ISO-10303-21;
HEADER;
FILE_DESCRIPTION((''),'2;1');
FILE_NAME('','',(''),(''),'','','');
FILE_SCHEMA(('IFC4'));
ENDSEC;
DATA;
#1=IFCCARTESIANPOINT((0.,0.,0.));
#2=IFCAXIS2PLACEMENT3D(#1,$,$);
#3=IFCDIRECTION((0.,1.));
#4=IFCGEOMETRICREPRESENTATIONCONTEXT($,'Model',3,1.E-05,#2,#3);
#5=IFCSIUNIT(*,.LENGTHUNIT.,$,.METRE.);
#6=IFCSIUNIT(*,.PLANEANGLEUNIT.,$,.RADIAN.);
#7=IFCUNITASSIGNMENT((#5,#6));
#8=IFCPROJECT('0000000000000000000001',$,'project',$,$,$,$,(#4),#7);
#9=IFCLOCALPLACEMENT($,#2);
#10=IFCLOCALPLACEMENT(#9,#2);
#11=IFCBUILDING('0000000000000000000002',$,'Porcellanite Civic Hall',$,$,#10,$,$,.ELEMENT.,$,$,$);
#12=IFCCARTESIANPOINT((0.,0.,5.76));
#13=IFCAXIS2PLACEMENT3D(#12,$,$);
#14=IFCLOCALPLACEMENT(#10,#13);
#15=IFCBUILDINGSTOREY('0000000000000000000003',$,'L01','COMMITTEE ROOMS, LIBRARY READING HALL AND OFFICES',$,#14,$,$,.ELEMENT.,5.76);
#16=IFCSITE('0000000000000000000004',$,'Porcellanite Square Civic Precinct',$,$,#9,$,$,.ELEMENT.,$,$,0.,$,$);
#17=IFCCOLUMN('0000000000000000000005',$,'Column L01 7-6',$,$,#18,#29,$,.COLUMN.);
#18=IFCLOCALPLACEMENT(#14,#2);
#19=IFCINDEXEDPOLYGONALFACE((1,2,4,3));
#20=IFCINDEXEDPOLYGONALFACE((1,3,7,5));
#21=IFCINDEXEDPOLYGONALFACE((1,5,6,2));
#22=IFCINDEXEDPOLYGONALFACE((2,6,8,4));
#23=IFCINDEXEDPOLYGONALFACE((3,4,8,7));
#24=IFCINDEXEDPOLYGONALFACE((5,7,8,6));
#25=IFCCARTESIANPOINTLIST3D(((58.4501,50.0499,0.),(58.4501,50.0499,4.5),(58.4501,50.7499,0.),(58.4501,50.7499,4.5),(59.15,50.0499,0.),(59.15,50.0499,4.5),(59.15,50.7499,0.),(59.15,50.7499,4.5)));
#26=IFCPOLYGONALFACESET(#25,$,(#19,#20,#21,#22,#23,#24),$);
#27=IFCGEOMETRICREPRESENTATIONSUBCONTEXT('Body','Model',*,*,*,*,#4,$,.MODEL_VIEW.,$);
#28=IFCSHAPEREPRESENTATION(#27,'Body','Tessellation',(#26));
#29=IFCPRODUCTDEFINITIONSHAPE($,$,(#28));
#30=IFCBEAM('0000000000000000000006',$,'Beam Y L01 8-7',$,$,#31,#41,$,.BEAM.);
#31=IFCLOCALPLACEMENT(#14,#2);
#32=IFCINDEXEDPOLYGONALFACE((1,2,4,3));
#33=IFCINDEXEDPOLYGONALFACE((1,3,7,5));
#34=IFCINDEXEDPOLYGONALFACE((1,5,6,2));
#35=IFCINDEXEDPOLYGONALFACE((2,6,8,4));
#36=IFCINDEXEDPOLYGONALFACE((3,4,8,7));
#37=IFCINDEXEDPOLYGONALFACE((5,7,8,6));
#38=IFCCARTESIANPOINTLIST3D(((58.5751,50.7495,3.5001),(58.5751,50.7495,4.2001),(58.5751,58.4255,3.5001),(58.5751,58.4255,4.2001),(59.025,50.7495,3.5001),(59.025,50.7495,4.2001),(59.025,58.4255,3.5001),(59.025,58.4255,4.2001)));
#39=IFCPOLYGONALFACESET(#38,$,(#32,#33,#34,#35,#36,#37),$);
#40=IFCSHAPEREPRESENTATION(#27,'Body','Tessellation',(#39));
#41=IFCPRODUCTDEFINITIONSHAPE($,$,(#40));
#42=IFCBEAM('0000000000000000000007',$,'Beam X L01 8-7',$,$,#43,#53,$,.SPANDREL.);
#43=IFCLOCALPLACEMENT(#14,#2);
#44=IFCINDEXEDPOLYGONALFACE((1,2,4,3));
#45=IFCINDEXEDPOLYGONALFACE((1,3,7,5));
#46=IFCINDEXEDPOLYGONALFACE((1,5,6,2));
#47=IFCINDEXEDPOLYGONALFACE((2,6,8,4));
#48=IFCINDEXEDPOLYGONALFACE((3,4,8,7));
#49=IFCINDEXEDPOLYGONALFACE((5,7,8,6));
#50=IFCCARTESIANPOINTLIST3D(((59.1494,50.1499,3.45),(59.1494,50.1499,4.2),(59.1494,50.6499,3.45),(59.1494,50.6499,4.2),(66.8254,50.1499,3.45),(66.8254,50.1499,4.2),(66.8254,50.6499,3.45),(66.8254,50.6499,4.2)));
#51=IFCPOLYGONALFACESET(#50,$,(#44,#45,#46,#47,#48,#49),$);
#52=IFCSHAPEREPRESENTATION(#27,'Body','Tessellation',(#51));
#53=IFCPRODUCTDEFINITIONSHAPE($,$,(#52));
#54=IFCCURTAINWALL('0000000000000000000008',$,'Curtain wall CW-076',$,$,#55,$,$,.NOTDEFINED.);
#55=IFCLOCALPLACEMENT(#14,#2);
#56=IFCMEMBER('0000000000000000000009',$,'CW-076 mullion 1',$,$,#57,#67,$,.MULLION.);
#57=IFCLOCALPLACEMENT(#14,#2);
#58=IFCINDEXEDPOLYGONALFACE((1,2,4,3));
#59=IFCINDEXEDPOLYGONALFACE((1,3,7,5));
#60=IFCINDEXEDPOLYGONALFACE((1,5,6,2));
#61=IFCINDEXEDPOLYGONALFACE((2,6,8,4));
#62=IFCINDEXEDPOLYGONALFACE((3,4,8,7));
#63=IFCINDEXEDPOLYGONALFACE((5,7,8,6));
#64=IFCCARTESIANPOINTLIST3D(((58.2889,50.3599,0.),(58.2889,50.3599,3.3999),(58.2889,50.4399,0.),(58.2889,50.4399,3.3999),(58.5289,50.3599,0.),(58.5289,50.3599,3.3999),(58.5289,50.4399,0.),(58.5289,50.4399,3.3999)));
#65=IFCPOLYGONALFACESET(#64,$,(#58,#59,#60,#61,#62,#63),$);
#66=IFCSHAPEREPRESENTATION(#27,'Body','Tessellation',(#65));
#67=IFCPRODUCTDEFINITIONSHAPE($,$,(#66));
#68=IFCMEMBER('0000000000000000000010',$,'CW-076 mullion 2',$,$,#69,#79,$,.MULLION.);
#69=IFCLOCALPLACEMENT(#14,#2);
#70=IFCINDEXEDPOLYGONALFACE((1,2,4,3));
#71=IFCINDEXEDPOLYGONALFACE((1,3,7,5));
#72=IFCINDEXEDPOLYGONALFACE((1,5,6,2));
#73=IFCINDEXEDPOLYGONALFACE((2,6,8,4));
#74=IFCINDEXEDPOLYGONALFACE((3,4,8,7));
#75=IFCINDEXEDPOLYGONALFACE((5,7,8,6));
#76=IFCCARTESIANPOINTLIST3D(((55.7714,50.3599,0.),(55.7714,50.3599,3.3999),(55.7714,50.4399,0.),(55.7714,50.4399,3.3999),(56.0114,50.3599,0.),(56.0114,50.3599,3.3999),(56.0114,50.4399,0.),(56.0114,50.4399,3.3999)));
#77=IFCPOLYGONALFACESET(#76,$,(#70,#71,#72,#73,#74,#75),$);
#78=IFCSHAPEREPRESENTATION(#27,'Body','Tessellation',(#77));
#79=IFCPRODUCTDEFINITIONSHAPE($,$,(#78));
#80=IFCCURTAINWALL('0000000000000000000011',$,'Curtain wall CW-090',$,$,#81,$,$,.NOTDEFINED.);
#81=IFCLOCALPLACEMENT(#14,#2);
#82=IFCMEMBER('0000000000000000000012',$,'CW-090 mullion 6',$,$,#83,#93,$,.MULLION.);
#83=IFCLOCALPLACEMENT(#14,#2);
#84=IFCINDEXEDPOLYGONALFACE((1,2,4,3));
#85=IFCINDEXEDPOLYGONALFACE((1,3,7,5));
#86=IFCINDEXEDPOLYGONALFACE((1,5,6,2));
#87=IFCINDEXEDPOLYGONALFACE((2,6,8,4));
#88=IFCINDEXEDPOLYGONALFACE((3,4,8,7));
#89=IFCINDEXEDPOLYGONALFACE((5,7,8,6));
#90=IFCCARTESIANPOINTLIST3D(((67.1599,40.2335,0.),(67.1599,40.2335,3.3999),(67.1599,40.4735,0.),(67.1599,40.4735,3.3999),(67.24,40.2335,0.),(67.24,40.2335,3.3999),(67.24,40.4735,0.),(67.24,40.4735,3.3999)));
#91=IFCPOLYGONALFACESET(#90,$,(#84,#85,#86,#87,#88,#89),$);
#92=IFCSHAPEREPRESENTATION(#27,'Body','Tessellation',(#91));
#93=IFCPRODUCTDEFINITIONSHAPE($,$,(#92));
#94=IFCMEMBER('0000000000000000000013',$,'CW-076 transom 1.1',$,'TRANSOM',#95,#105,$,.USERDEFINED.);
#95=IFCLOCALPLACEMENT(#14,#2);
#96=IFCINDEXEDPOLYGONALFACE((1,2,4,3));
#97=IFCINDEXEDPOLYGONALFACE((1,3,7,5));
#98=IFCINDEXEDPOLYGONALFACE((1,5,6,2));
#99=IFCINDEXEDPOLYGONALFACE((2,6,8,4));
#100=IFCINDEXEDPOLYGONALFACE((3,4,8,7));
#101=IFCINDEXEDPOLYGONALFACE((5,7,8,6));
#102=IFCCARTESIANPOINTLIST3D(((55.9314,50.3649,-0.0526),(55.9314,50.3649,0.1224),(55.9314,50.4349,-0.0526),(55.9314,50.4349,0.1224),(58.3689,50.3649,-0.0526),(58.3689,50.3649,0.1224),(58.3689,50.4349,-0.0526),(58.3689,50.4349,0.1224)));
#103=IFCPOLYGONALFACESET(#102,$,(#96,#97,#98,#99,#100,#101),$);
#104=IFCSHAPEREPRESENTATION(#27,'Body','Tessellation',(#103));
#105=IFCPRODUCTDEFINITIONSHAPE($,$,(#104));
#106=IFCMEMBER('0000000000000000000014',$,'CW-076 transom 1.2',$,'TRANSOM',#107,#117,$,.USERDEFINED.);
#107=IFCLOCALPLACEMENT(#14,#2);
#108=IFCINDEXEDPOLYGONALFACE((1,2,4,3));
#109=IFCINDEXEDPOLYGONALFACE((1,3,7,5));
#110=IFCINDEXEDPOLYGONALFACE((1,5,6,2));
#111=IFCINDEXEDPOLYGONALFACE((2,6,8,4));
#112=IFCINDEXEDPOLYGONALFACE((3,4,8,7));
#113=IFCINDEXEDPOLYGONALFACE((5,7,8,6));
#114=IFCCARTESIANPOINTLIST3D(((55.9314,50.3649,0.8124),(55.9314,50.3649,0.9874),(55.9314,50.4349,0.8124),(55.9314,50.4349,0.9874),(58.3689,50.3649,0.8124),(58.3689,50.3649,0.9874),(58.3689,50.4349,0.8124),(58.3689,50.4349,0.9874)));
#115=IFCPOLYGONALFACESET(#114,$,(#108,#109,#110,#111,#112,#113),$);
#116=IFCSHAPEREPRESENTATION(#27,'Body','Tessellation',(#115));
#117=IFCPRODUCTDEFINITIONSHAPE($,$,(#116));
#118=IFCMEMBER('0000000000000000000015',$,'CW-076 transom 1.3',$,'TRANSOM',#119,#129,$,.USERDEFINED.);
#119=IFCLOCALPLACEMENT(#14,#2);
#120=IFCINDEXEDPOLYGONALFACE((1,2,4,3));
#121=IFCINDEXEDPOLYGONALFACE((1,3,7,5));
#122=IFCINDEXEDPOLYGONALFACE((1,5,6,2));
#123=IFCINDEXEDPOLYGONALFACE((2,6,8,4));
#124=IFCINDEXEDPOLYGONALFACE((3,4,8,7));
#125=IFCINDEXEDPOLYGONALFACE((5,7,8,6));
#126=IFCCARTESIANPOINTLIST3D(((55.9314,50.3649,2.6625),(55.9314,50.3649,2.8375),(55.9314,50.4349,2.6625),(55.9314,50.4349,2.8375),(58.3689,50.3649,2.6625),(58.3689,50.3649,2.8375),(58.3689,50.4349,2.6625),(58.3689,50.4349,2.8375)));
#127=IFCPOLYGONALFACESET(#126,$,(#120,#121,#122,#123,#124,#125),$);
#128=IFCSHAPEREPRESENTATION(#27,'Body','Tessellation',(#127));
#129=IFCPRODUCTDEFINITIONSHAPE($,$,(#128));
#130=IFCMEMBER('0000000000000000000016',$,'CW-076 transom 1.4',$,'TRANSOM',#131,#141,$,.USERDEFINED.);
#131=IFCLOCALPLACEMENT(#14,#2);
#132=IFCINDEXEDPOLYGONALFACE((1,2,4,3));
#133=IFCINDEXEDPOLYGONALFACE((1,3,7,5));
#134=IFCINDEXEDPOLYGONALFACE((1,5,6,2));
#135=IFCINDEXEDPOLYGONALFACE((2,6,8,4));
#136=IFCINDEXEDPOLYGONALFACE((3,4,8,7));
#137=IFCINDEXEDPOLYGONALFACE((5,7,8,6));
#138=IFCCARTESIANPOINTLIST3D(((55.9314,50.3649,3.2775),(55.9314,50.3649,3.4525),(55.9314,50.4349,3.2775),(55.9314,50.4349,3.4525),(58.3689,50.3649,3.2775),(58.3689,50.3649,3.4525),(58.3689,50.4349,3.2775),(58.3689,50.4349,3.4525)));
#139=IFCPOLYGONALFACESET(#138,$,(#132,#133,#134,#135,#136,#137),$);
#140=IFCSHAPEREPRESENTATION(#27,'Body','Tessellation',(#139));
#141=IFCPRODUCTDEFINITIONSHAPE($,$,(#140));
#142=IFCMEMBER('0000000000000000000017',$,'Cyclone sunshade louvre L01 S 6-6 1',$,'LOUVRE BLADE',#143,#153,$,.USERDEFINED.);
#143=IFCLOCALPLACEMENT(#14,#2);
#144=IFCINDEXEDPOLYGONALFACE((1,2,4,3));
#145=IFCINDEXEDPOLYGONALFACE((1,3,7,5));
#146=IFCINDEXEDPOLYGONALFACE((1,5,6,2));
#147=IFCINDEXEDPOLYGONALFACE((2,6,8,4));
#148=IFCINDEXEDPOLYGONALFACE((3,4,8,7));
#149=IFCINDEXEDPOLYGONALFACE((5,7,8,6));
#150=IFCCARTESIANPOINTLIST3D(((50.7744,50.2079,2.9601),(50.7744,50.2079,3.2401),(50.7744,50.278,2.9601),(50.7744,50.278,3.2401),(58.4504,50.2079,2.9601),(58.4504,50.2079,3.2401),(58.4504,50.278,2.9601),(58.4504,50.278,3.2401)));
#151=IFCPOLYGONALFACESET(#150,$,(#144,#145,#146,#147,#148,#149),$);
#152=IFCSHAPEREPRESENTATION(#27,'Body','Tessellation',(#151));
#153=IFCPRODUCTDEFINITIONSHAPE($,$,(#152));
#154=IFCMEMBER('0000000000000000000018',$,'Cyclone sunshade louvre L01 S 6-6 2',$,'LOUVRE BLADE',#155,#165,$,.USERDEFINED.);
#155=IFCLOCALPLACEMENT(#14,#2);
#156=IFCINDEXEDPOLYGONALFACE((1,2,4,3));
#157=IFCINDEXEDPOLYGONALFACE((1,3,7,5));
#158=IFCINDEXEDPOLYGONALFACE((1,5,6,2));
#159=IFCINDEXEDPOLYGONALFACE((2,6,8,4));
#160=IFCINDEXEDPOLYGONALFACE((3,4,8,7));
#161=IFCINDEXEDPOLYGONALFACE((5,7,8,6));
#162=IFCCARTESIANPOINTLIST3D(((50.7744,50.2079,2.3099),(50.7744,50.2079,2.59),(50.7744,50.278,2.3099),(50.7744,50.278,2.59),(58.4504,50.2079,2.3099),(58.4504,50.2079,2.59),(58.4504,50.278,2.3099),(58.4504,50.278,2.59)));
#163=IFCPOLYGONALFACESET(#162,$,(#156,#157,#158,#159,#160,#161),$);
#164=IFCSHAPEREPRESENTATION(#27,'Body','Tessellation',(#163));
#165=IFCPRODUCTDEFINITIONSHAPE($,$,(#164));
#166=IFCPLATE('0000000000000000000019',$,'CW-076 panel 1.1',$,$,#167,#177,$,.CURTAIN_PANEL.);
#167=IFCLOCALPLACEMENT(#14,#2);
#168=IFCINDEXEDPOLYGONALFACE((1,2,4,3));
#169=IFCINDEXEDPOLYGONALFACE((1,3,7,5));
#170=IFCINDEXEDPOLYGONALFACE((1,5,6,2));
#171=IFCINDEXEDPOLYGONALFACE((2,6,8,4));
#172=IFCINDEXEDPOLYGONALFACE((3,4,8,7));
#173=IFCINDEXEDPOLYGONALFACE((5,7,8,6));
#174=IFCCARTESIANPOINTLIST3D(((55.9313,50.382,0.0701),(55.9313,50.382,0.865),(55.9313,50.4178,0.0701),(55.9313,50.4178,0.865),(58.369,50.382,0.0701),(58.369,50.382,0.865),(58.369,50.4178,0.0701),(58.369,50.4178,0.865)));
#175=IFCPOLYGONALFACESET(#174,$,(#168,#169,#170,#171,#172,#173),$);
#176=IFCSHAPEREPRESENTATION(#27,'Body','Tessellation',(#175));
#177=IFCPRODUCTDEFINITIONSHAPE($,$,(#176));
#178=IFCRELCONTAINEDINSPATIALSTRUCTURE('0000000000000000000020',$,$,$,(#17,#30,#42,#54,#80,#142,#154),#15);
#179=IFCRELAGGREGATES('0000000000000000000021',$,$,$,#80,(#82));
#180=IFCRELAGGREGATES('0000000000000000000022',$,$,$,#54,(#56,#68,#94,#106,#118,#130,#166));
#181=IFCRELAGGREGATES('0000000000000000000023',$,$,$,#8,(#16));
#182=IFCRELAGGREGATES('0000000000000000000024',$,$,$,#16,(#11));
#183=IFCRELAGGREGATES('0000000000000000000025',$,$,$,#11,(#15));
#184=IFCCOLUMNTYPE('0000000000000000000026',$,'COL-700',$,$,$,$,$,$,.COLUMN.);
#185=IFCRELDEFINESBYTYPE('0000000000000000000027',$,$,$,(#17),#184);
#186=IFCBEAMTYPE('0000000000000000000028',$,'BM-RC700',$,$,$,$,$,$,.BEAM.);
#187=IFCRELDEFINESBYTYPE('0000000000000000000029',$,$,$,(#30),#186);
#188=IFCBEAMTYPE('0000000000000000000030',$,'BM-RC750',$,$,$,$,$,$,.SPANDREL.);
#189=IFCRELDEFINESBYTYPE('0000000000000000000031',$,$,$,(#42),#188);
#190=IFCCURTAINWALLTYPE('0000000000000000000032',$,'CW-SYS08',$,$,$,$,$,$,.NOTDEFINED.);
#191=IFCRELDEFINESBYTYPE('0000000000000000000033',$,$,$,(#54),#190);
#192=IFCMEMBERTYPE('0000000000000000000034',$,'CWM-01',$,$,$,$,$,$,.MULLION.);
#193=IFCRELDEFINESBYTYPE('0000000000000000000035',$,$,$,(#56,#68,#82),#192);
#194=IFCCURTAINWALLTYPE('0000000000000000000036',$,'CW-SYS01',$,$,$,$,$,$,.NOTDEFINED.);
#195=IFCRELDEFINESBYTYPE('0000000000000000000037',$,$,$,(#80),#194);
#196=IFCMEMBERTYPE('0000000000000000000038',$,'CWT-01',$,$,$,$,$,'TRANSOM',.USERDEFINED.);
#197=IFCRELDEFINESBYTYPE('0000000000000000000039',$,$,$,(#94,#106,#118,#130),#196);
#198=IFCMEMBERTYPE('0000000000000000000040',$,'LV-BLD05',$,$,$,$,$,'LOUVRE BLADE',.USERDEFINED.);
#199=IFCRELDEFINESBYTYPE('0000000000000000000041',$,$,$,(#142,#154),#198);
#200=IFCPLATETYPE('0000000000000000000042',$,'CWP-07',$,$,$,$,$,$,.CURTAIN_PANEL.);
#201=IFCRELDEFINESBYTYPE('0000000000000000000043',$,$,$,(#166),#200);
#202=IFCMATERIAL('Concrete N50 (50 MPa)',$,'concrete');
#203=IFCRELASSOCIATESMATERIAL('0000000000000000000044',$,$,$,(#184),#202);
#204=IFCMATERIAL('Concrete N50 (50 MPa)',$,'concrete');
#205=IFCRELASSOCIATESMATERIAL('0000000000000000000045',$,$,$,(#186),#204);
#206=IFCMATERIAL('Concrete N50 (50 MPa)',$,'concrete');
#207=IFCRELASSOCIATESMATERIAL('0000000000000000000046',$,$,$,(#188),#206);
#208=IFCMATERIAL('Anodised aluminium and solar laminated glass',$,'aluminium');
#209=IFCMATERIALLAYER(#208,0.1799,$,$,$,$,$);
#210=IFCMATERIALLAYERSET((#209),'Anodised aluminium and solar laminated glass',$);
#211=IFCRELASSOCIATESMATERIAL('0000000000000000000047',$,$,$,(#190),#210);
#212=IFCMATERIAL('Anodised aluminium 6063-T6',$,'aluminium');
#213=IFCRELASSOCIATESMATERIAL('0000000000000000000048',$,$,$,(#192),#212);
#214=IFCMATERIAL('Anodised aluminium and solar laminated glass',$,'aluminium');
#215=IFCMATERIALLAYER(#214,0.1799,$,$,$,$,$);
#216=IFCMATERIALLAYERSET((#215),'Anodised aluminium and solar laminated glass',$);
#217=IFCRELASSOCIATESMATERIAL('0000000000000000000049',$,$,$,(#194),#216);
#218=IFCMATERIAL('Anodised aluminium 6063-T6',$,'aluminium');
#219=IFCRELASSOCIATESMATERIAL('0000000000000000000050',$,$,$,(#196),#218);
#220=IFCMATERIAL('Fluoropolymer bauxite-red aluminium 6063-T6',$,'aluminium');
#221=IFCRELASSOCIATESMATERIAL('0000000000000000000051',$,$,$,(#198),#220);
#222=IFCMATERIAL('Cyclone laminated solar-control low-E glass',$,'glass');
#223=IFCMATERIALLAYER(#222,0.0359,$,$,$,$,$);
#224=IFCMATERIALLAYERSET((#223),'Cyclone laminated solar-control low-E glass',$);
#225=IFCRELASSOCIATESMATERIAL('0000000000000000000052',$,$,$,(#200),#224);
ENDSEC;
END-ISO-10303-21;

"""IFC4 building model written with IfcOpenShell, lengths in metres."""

from ifc_helpers import new_model, si_unit, direction, frame, origin, origin_2d, place, context, subcontext, project, spatial, rectangle, extrude, material, layer, layer_set, material_profile, profile_set, type_object, element, aggregate, save


model = new_model("IFC4")

# Units and contexts
model_context = context("Model", 3, precision=1e-05, world=origin(), true_north=direction((0.0, 1.0)))
body_context = subcontext(model_context, "Body", "Model", "MODEL_VIEW")
ifc_project = project(units=[si_unit("LENGTHUNIT", "METRE"), si_unit("PLANEANGLEUNIT", "RADIAN")], contexts=[model_context])

# Site, building, storey
site_placement = place(None, origin())
site = spatial("IfcSite", under=ifc_project, at=site_placement, Name="Porcellanite Square Civic Precinct", CompositionType="ELEMENT", RefElevation=0.0)
building_placement = place(site_placement, origin())
building = spatial("IfcBuilding", under=site, at=building_placement, Name="Porcellanite Civic Hall", CompositionType="ELEMENT")
storey_placement = place(building_placement, frame((0.0, 0.0, 5.76)))
storey = spatial("IfcBuildingStorey", under=building, at=storey_placement, Name="L01", Description="COMMITTEE ROOMS, LIBRARY READING HALL AND OFFICES", CompositionType="ELEMENT", Elevation=5.76)

# Column
ifc_material_1 = material(Name="Concrete N50 (50 MPa)", Category="concrete")
ifc_material_profile_1 = material_profile(ifc_material_1, rectangle(XDim=0.7, YDim=0.7, at=origin_2d()), Name="RC-700x700")
ifc_profile_set_1 = profile_set([ifc_material_profile_1], Name="Concrete N50 (50 MPa)")
column_type = type_object("IfcColumnType", Name="COL-700", PredefinedType="COLUMN", material=ifc_profile_set_1)
column_placement = place(storey_placement, frame((58.8, 50.3999, 0.0), z_axis=(0.0, 0.0, 1.0), x_axis=(1.0, 0.0, 0.0)))
element("IfcColumn", 1, at=column_placement, inside=storey, type_object=column_type, Name="Column L01 7-6", PredefinedType="COLUMN", context=body_context, shape_type="SweptSolid", body=[
    extrude(rectangle(XDim=0.7, YDim=0.7, at=origin_2d()), origin(), (0.0, 0.0, 1.0), 4.5),
])

# Beams
ifc_material_2 = material(Name="Concrete N50 (50 MPa)", Category="concrete")
ifc_material_profile_2 = material_profile(ifc_material_2, rectangle(XDim=0.45, YDim=0.7, at=origin_2d()), Name="RC-450x700")
ifc_profile_set_2 = profile_set([ifc_material_profile_2], Name="Concrete N50 (50 MPa)")
beam_type_1 = type_object("IfcBeamType", Name="BM-RC700", PredefinedType="BEAM", material=ifc_profile_set_2)
beam_1_placement = place(storey_placement, frame((58.8, 50.7495, 3.8501), z_axis=(0.0, 1.0, 0.0), x_axis=(-1.0, 0.0, 0.0)))
element("IfcBeam", 2, at=beam_1_placement, inside=storey, type_object=beam_type_1, Name="Beam Y L01 8-7", PredefinedType="BEAM", context=body_context, shape_type="SweptSolid", body=[
    extrude(rectangle(XDim=0.45, YDim=0.7, at=origin_2d()), origin(), (0.0, 0.0, 1.0), 7.676),
])
ifc_material_3 = material(Name="Concrete N50 (50 MPa)", Category="concrete")
ifc_material_profile_3 = material_profile(ifc_material_3, rectangle(XDim=0.5, YDim=0.75, at=origin_2d()), Name="RC-500x750")
ifc_profile_set_3 = profile_set([ifc_material_profile_3], Name="Concrete N50 (50 MPa)")
beam_type_2 = type_object("IfcBeamType", Name="BM-RC750", PredefinedType="SPANDREL", material=ifc_profile_set_3)
beam_2_placement = place(storey_placement, frame((59.1494, 50.3999, 3.825), z_axis=(1.0, 0.0, 0.0), x_axis=(0.0, 1.0, 0.0)))
element("IfcBeam", 3, at=beam_2_placement, inside=storey, type_object=beam_type_2, Name="Beam X L01 8-7", PredefinedType="SPANDREL", context=body_context, shape_type="SweptSolid", body=[
    extrude(rectangle(XDim=0.5, YDim=0.75, at=origin_2d()), origin(), (0.0, 0.0, 1.0), 7.676),
])

# Curtain wall, members
ifc_material_4 = material(Name="Anodised aluminium and solar laminated glass", Category="aluminium")
ifc_layer_1 = layer(ifc_material_4, 0.1799)
ifc_layer_set_1 = layer_set([ifc_layer_1], Name="Anodised aluminium and solar laminated glass")
curtain_wall_type_1 = type_object("IfcCurtainWallType", Name="CW-SYS08", PredefinedType="NOTDEFINED", material=ifc_layer_set_1)
curtain_wall_1_placement = place(storey_placement, origin())
curtain_wall_1 = element("IfcCurtainWall", 4, at=curtain_wall_1_placement, inside=storey, type_object=curtain_wall_type_1, Name="Curtain wall CW-076", PredefinedType="NOTDEFINED")
ifc_material_5 = material(Name="Anodised aluminium 6063-T6", Category="aluminium")
ifc_material_profile_4 = material_profile(ifc_material_5, rectangle(XDim=0.0801, YDim=0.24, at=origin_2d()), Name="AL-80x240")
ifc_profile_set_4 = profile_set([ifc_material_profile_4], Name="Anodised aluminium 6063-T6")
member_type_1 = type_object("IfcMemberType", Name="CWM-01", PredefinedType="MULLION", material=ifc_profile_set_4)
member_1_placement = place(storey_placement, frame((58.4089, 50.3999, 0.0), z_axis=(0.0, 0.0, 1.0), x_axis=(0.0, -1.0, 0.0)))
member_1 = element("IfcMember", 5, at=member_1_placement, type_object=member_type_1, Name="CW-076 mullion 1", PredefinedType="MULLION", context=body_context, shape_type="SweptSolid", body=[
    extrude(rectangle(XDim=0.0801, YDim=0.24, at=origin_2d()), origin(), (0.0, 0.0, 1.0), 3.3999),
])
member_2_placement = place(storey_placement, frame((55.8914, 50.3999, 0.0), z_axis=(0.0, 0.0, 1.0), x_axis=(0.0, -1.0, 0.0)))
member_2 = element("IfcMember", 6, at=member_2_placement, type_object=member_type_1, Name="CW-076 mullion 2", PredefinedType="MULLION", context=body_context, shape_type="SweptSolid", body=[
    extrude(rectangle(XDim=0.0801, YDim=0.24, at=origin_2d()), origin(), (0.0, 0.0, 1.0), 3.3999),
])

# Curtain wall, member
ifc_material_6 = material(Name="Anodised aluminium and solar laminated glass", Category="aluminium")
ifc_layer_2 = layer(ifc_material_6, 0.1799)
ifc_layer_set_2 = layer_set([ifc_layer_2], Name="Anodised aluminium and solar laminated glass")
curtain_wall_type_2 = type_object("IfcCurtainWallType", Name="CW-SYS01", PredefinedType="NOTDEFINED", material=ifc_layer_set_2)
curtain_wall_2_placement = place(storey_placement, origin())
curtain_wall_2 = element("IfcCurtainWall", 7, at=curtain_wall_2_placement, inside=storey, type_object=curtain_wall_type_2, Name="Curtain wall CW-090", PredefinedType="NOTDEFINED")
member_3_placement = place(storey_placement, frame((67.2, 40.3535, 0.0), z_axis=(0.0, 0.0, 1.0), x_axis=(-1.0, 0.0, 0.0)))
member_3 = element("IfcMember", 8, at=member_3_placement, type_object=member_type_1, Name="CW-090 mullion 6", PredefinedType="MULLION", context=body_context, shape_type="SweptSolid", body=[
    extrude(rectangle(XDim=0.0801, YDim=0.24, at=origin_2d()), origin(), (0.0, 0.0, 1.0), 3.3999),
])
aggregate(curtain_wall_2, [member_3])

# Members
ifc_material_7 = material(Name="Anodised aluminium 6063-T6", Category="aluminium")
ifc_material_profile_5 = material_profile(ifc_material_7, rectangle(XDim=0.0701, YDim=0.175, at=origin_2d()), Name="AL-70x175")
ifc_profile_set_5 = profile_set([ifc_material_profile_5], Name="Anodised aluminium 6063-T6")
member_type_2 = type_object("IfcMemberType", Name="CWT-01", ElementType="TRANSOM", PredefinedType="USERDEFINED", material=ifc_profile_set_5)
member_4_placement = place(storey_placement, frame((58.3689, 50.3999, 0.0349), z_axis=(-1.0, 0.0, 0.0), x_axis=(0.0, -1.0, 0.0)))
member_4 = element("IfcMember", 9, at=member_4_placement, type_object=member_type_2, Name="CW-076 transom 1.1", ObjectType="TRANSOM", PredefinedType="USERDEFINED", context=body_context, shape_type="SweptSolid", body=[
    extrude(rectangle(XDim=0.0701, YDim=0.175, at=origin_2d()), origin(), (0.0, 0.0, 1.0), 2.4375),
])
member_5_placement = place(storey_placement, frame((58.3689, 50.3999, 0.8999), z_axis=(-1.0, 0.0, 0.0), x_axis=(0.0, -1.0, 0.0)))
member_5 = element("IfcMember", 10, at=member_5_placement, type_object=member_type_2, Name="CW-076 transom 1.2", ObjectType="TRANSOM", PredefinedType="USERDEFINED", context=body_context, shape_type="SweptSolid", body=[
    extrude(rectangle(XDim=0.0701, YDim=0.175, at=origin_2d()), origin(), (0.0, 0.0, 1.0), 2.4375),
])
member_6_placement = place(storey_placement, frame((58.3689, 50.3999, 2.75), z_axis=(-1.0, 0.0, 0.0), x_axis=(0.0, -1.0, 0.0)))
member_6 = element("IfcMember", 11, at=member_6_placement, type_object=member_type_2, Name="CW-076 transom 1.3", ObjectType="TRANSOM", PredefinedType="USERDEFINED", context=body_context, shape_type="SweptSolid", body=[
    extrude(rectangle(XDim=0.0701, YDim=0.175, at=origin_2d()), origin(), (0.0, 0.0, 1.0), 2.4375),
])
member_7_placement = place(storey_placement, frame((58.3689, 50.3999, 3.365), z_axis=(-1.0, 0.0, 0.0), x_axis=(0.0, -1.0, 0.0)))
member_7 = element("IfcMember", 12, at=member_7_placement, type_object=member_type_2, Name="CW-076 transom 1.4", ObjectType="TRANSOM", PredefinedType="USERDEFINED", context=body_context, shape_type="SweptSolid", body=[
    extrude(rectangle(XDim=0.0701, YDim=0.175, at=origin_2d()), origin(), (0.0, 0.0, 1.0), 2.4375),
])

# Members
ifc_material_8 = material(Name="Fluoropolymer bauxite-red aluminium 6063-T6", Category="aluminium")
ifc_material_profile_6 = material_profile(ifc_material_8, rectangle(XDim=0.0701, YDim=0.28, at=origin_2d()), Name="AL-70x280")
ifc_profile_set_6 = profile_set([ifc_material_profile_6], Name="Fluoropolymer bauxite-red aluminium 6063-T6")
member_type_3 = type_object("IfcMemberType", Name="LV-BLD05", ElementType="LOUVRE BLADE", PredefinedType="USERDEFINED", material=ifc_profile_set_6)
for number, where, z_axis, x_axis, name in (
    (13, (58.4504, 50.2429, 3.1001), (-1.0, 0.0, 0.0), (0.0, -1.0, 0.0), "Cyclone sunshade louvre L01 S 6-6 1"),
    (14, (58.4504, 50.2429, 2.45), (-1.0, 0.0, 0.0), (0.0, -1.0, 0.0), "Cyclone sunshade louvre L01 S 6-6 2"),
):
    element("IfcMember", number, at=place(storey_placement, frame(where, z_axis=z_axis, x_axis=x_axis)), inside=storey, type_object=member_type_3, Name=name, ObjectType="LOUVRE BLADE", PredefinedType="USERDEFINED", context=body_context, shape_type="SweptSolid", body=[
        extrude(rectangle(XDim=0.0701, YDim=0.28, at=origin_2d()), origin(), (0.0, 0.0, 1.0), 7.676),
    ])

# Plate
ifc_material_9 = material(Name="Cyclone laminated solar-control low-E glass", Category="glass")
ifc_layer_3 = layer(ifc_material_9, 0.0359)
ifc_layer_set_3 = layer_set([ifc_layer_3], Name="Cyclone laminated solar-control low-E glass")
plate_type = type_object("IfcPlateType", Name="CWP-07", PredefinedType="CURTAIN_PANEL", material=ifc_layer_set_3)
plate_1_placement = place(storey_placement, frame((57.1501, 50.3999, 0.0701), z_axis=(0.0, 0.0, 1.0), x_axis=(-1.0, 0.0, 0.0)))
plate_1 = element("IfcPlate", 15, at=plate_1_placement, type_object=plate_type, Name="CW-076 panel 1.1", PredefinedType="CURTAIN_PANEL", context=body_context, shape_type="SweptSolid", body=[
    extrude(rectangle(XDim=2.4377, YDim=0.0359, at=origin_2d()), origin(), (0.0, 0.0, 1.0), 0.7949),
])
aggregate(curtain_wall_1, [member_1, member_2, member_4, member_5, member_6, member_7, plate_1])

save(model, "model.ifc")
